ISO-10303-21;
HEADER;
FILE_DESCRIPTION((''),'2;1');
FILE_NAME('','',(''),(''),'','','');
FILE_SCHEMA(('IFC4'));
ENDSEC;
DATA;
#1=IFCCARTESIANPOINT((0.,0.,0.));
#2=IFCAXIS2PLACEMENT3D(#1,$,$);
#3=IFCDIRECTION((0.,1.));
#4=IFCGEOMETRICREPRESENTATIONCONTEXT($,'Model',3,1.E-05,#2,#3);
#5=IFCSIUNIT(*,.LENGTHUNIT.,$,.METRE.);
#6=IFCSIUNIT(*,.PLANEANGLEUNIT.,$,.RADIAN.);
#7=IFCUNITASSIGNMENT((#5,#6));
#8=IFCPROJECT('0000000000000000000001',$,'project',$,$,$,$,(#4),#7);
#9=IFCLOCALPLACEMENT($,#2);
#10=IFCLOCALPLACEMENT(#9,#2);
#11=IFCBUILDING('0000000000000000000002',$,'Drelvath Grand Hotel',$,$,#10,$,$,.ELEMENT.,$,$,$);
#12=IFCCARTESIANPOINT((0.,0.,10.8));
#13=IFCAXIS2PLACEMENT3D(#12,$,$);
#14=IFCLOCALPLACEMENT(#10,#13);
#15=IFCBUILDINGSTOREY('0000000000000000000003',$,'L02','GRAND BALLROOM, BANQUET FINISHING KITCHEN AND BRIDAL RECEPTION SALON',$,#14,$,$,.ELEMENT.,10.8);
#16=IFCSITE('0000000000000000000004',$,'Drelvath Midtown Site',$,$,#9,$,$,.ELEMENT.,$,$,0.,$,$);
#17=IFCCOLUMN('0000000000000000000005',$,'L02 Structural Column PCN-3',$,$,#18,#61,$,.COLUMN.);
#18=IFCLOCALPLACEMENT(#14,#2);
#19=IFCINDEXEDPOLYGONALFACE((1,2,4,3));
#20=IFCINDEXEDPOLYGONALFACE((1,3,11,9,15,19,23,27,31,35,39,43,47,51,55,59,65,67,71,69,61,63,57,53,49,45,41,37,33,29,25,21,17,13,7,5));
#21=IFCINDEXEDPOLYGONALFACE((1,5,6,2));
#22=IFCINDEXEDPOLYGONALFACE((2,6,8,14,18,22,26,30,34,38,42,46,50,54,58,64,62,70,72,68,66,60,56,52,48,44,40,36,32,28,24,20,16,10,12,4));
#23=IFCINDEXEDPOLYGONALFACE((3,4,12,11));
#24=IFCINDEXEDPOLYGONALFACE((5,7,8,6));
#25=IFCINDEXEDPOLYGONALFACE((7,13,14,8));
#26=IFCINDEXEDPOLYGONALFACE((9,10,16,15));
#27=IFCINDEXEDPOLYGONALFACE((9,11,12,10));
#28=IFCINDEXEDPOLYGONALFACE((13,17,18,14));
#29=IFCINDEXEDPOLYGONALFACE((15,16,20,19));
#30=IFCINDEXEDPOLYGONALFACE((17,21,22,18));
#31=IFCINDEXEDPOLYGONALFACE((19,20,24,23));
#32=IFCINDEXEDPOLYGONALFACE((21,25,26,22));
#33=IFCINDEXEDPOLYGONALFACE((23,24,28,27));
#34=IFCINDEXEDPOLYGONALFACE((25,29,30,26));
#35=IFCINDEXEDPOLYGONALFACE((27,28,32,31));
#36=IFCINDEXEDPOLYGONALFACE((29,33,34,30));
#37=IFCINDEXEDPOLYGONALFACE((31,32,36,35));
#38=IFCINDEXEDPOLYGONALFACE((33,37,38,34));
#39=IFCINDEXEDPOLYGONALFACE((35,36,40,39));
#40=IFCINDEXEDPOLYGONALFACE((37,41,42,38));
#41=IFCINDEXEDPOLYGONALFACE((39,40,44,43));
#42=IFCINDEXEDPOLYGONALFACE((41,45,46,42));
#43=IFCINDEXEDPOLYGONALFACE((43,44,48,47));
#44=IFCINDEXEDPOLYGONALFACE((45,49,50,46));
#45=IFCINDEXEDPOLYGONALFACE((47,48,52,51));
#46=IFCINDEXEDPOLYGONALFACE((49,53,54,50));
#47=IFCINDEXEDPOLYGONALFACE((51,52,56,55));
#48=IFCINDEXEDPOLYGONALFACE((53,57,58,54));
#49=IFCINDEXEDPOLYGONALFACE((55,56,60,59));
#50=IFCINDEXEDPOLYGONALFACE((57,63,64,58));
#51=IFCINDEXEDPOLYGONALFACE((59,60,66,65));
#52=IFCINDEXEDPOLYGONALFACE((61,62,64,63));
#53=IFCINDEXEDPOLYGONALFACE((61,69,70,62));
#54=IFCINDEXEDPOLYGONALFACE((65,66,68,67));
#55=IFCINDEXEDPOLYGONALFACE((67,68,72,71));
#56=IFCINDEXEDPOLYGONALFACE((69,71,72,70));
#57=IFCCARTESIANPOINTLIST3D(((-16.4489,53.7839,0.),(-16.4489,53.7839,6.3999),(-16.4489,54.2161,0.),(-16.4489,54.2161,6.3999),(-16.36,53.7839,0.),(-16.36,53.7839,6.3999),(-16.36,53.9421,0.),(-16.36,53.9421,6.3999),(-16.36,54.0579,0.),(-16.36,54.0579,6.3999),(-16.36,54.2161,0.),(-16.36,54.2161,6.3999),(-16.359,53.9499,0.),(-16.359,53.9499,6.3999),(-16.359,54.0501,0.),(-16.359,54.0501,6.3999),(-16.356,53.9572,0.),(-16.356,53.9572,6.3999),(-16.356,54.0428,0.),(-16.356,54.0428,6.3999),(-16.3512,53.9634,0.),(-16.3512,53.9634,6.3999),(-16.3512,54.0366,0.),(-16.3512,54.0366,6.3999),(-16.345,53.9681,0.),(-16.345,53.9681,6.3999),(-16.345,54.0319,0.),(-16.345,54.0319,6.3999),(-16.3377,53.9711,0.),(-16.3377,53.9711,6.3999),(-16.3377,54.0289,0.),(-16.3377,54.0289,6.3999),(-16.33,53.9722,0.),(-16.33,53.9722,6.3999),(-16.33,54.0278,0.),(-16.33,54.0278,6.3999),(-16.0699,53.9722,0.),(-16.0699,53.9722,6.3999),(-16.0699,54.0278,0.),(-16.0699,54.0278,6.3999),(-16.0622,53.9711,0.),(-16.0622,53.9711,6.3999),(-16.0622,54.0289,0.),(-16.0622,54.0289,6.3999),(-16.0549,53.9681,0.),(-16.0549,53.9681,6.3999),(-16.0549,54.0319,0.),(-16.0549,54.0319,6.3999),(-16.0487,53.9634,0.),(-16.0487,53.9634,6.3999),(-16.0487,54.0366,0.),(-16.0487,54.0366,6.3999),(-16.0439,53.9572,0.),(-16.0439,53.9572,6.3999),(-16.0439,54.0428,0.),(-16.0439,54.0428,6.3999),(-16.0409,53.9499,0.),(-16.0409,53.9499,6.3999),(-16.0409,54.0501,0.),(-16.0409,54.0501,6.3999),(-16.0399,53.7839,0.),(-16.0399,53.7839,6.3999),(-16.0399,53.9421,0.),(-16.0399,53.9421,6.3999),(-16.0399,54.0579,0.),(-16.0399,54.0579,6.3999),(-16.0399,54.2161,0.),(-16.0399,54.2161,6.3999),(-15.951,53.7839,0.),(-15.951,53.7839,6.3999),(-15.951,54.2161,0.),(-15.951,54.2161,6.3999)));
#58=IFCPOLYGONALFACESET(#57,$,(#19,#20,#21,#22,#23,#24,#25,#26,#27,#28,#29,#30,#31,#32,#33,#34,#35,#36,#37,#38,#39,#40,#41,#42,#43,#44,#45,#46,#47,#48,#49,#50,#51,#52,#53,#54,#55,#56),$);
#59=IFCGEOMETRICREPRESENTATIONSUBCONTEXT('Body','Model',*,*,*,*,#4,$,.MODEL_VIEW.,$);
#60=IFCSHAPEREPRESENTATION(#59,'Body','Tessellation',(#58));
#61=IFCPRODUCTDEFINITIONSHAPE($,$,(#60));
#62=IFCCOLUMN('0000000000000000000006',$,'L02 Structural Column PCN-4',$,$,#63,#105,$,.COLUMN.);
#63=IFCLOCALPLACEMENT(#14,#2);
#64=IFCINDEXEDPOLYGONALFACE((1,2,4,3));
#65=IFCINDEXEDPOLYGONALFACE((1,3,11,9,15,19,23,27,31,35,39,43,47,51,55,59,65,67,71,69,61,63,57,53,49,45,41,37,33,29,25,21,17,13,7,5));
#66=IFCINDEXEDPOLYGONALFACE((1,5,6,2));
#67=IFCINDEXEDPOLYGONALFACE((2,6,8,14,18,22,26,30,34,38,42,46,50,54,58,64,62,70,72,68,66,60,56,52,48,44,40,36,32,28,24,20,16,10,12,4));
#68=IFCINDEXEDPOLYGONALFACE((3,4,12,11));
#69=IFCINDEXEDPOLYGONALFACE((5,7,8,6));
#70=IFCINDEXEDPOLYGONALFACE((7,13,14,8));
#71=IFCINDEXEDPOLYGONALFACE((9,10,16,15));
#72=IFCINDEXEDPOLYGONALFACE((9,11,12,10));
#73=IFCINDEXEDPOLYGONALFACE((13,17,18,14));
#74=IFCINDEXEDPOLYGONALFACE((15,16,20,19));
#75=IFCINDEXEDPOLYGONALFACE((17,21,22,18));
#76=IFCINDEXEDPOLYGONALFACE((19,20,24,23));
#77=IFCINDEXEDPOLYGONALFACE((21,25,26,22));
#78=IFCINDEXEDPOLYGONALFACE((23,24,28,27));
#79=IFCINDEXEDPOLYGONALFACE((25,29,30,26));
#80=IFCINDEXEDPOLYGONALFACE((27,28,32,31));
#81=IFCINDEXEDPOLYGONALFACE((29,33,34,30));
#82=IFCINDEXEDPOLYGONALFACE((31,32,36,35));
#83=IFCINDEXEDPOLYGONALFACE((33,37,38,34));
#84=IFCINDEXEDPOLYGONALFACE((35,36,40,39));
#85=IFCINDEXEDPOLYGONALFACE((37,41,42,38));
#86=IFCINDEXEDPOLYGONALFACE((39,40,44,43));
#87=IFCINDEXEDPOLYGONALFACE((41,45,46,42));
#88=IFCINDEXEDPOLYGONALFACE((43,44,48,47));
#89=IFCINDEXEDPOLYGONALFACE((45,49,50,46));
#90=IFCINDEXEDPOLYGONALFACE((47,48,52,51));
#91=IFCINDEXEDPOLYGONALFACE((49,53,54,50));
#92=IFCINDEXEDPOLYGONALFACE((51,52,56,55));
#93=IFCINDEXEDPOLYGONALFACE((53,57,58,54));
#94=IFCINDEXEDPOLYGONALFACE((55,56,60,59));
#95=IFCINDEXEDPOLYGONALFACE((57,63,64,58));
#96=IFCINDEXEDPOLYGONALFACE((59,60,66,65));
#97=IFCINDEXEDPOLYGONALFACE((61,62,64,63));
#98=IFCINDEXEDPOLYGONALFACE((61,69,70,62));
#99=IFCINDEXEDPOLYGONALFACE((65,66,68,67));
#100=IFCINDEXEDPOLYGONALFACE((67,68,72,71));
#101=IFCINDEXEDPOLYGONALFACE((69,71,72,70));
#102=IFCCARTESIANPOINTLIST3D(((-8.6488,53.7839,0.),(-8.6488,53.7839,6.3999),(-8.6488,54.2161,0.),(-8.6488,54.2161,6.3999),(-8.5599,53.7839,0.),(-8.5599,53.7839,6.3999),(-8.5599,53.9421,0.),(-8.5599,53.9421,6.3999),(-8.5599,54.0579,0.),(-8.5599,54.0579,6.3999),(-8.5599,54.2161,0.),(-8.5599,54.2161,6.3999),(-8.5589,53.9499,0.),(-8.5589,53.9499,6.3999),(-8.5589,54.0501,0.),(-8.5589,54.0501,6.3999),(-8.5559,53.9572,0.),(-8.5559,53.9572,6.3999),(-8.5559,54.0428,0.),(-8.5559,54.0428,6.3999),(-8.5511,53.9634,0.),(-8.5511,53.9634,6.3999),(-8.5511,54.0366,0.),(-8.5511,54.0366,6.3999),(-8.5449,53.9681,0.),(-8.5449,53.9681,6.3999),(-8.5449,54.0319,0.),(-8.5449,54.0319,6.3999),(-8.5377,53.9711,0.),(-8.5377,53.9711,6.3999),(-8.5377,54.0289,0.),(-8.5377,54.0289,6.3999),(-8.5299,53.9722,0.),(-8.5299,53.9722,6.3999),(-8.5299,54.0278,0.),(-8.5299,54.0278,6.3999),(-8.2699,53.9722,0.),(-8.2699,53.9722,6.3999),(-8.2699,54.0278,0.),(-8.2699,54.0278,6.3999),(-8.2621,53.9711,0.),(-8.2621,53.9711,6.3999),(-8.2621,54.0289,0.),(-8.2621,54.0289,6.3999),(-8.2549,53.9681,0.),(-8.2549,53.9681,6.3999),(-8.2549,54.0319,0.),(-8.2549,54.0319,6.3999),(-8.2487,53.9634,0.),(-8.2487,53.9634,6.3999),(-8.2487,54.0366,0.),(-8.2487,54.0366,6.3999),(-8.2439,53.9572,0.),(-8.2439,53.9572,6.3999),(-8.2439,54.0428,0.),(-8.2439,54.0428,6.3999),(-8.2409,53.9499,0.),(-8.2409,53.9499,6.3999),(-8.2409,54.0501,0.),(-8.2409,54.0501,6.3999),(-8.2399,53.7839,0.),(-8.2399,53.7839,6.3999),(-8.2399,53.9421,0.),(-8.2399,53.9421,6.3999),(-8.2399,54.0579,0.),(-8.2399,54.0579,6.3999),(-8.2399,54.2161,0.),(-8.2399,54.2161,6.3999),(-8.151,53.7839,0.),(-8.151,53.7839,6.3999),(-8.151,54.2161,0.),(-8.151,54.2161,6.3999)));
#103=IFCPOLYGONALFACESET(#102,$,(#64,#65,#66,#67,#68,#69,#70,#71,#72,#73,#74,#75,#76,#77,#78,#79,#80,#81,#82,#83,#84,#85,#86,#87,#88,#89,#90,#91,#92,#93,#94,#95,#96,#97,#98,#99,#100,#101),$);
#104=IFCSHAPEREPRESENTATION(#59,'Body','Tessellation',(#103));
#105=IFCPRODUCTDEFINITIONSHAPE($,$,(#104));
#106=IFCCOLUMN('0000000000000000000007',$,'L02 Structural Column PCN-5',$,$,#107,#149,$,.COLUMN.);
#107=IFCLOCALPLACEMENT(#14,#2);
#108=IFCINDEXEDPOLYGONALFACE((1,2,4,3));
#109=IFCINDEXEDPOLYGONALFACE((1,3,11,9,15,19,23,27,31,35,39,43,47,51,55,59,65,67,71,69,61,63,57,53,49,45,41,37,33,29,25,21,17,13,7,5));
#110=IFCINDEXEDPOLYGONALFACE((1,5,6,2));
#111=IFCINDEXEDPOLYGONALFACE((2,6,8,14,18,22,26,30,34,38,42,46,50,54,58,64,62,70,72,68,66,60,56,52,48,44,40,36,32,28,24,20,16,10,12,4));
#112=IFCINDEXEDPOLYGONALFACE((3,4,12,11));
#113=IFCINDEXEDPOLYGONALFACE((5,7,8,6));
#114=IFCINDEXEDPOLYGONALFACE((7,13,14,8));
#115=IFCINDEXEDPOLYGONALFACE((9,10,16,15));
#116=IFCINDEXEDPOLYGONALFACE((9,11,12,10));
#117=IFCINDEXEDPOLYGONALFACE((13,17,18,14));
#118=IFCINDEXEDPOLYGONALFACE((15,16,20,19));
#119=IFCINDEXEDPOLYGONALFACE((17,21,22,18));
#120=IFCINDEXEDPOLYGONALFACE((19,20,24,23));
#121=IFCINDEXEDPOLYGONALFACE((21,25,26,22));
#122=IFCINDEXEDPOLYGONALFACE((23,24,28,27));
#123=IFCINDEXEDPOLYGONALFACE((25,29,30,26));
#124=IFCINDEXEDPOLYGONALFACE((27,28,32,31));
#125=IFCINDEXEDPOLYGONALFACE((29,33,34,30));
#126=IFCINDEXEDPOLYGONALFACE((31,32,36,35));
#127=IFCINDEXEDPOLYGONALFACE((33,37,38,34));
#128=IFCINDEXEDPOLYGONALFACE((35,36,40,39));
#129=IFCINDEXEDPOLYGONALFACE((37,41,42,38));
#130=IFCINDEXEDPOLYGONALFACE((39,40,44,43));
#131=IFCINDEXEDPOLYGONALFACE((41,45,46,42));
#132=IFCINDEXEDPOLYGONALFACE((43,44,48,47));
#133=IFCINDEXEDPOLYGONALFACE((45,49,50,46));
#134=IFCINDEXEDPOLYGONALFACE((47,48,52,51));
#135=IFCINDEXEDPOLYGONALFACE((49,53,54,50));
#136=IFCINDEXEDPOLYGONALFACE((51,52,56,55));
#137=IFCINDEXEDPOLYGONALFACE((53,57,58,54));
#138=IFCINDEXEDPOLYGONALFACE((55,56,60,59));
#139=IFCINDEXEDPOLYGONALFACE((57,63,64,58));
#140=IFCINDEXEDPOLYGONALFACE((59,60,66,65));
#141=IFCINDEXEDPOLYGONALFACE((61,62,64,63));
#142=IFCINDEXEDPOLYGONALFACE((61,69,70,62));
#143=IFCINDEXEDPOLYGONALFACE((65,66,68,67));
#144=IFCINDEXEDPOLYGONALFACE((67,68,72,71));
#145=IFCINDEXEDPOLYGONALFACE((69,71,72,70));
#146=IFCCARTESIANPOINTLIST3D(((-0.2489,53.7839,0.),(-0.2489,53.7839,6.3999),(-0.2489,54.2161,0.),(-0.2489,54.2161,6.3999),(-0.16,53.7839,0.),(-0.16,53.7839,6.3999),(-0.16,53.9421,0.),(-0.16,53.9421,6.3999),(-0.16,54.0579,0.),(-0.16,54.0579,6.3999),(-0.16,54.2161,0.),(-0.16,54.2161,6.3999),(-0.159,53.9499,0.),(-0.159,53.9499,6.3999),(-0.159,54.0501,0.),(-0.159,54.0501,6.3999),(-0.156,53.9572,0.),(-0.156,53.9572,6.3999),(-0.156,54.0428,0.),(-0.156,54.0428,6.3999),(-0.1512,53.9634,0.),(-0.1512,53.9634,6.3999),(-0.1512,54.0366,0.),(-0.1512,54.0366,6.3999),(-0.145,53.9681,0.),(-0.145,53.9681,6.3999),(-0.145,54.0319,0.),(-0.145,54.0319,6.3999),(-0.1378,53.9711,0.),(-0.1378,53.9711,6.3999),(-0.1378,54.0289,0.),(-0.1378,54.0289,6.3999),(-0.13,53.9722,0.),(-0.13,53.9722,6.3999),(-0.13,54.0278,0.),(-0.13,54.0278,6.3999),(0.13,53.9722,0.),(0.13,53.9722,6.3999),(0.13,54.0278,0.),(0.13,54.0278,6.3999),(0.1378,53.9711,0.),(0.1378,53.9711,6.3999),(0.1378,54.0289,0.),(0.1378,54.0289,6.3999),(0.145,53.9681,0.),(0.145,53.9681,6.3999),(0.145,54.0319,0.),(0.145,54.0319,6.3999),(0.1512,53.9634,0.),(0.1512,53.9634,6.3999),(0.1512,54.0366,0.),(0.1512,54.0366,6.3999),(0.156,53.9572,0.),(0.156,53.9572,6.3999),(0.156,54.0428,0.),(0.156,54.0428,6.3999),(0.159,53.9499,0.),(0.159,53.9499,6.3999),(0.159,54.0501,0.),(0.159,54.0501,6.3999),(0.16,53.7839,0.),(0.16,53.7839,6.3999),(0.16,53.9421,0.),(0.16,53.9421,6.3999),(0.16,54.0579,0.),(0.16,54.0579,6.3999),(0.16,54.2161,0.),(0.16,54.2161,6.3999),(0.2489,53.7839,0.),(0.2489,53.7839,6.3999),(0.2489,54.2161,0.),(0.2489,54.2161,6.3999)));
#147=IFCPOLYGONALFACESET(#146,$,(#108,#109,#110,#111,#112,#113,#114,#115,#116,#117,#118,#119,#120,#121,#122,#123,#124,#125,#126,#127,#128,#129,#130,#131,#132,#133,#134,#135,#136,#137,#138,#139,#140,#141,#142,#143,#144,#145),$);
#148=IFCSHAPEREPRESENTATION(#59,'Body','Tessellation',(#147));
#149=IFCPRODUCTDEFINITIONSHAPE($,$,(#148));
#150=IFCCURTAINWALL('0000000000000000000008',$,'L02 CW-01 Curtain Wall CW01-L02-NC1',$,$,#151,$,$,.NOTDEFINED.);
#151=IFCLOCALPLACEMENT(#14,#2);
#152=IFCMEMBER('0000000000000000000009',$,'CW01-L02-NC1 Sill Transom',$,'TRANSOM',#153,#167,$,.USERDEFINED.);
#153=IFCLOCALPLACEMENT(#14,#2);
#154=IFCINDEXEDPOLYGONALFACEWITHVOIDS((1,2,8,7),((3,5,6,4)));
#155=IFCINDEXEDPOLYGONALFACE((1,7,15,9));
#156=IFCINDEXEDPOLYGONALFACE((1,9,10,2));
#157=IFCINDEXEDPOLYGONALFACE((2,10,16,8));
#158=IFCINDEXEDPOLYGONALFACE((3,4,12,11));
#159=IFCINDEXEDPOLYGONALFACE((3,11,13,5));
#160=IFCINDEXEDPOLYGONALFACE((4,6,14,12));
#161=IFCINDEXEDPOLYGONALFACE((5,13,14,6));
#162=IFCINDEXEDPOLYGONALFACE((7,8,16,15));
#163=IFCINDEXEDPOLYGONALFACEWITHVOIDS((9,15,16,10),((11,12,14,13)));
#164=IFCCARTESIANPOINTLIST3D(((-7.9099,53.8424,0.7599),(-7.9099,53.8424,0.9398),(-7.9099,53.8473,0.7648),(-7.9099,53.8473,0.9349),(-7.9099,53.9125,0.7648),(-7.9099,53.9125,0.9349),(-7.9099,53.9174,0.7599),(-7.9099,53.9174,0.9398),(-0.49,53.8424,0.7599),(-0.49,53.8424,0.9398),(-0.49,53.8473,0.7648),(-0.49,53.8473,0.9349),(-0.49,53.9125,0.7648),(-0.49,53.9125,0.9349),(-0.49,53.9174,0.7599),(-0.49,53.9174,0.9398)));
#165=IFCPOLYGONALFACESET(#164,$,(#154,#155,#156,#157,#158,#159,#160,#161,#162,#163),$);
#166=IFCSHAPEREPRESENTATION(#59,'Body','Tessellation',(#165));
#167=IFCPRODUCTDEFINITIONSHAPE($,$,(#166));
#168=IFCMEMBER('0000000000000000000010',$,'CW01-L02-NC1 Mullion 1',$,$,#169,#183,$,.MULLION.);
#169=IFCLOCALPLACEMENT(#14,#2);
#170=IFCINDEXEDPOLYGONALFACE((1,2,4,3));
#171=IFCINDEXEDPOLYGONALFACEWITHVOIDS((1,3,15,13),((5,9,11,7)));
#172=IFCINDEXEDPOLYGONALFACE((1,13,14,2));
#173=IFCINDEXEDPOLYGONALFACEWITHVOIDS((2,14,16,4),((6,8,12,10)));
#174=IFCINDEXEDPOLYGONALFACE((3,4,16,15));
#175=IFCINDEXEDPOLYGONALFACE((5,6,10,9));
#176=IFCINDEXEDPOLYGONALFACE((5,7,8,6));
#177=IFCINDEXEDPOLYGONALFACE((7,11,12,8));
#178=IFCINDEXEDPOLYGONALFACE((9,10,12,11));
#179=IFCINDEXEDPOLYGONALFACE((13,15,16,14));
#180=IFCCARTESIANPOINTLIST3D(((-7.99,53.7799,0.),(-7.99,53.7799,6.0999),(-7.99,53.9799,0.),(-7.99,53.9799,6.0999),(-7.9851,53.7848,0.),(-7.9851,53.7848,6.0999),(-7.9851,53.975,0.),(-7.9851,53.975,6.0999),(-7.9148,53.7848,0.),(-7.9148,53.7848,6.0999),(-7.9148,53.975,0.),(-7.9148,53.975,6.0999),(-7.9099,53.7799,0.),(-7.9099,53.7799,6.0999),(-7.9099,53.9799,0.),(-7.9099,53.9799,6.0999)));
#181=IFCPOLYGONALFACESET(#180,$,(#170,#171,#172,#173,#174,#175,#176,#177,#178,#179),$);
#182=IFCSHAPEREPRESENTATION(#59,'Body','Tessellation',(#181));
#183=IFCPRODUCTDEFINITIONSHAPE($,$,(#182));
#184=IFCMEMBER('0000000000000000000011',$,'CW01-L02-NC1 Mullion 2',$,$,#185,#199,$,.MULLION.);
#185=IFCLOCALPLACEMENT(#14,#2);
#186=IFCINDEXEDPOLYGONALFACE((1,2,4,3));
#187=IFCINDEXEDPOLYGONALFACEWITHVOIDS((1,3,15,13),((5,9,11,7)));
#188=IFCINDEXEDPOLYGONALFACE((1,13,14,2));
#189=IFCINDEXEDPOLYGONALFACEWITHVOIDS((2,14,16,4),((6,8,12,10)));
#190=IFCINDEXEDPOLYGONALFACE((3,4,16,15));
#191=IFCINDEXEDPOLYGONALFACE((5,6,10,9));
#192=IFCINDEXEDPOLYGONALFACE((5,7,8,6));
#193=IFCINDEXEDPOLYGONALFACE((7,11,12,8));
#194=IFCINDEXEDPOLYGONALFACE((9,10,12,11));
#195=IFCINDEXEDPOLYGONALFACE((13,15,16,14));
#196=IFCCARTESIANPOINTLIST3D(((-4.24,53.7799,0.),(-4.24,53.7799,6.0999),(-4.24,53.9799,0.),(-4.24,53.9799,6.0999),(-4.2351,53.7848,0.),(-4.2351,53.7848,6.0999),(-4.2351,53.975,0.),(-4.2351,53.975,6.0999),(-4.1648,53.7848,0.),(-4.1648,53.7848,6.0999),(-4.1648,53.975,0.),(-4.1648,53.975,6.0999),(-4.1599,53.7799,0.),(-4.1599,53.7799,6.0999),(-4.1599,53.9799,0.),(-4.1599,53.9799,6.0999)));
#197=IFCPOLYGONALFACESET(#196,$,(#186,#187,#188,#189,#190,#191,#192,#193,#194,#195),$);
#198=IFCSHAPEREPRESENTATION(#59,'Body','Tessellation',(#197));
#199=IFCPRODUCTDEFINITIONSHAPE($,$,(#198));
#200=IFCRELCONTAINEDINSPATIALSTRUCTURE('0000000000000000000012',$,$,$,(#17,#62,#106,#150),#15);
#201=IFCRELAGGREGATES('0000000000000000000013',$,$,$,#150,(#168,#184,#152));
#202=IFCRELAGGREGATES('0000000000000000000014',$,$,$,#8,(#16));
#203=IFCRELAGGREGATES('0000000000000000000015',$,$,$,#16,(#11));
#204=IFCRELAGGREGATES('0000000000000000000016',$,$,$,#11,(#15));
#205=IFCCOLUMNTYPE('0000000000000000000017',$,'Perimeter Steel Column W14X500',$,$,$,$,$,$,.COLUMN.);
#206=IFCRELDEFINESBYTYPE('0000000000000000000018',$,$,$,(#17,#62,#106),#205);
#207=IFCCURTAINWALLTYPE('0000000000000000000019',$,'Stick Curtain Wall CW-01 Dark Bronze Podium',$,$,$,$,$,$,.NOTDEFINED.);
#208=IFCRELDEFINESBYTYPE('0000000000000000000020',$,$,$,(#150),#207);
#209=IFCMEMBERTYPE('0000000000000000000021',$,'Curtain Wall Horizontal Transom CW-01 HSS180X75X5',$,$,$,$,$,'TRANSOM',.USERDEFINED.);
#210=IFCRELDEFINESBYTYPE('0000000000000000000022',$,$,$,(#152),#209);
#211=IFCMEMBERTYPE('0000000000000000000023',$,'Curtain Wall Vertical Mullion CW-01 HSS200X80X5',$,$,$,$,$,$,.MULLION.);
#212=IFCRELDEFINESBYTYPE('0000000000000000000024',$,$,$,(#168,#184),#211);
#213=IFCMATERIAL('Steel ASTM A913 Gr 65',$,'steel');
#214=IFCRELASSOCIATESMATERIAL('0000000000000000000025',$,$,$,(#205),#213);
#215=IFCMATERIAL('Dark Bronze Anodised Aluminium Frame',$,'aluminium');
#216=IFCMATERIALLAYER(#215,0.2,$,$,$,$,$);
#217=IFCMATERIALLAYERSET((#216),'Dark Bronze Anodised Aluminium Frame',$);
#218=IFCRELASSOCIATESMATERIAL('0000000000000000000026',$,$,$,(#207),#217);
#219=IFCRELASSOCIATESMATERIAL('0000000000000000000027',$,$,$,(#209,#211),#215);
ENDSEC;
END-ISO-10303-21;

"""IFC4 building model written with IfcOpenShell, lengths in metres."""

from ifc_helpers import new_model, si_unit, direction, frame, origin, origin_2d, place, context, subcontext, project, spatial, hollow_rectangle, i_section, extrude, material, layer, layer_set, material_profile, profile_set, type_object, element, aggregate, save


model = new_model("IFC4")

# Units and contexts
model_context = context("Model", 3, precision=1e-05, world=origin(), true_north=direction((0.0, 1.0)))
body_context = subcontext(model_context, "Body", "Model", "MODEL_VIEW")
ifc_project = project(units=[si_unit("LENGTHUNIT", "METRE"), si_unit("PLANEANGLEUNIT", "RADIAN")], contexts=[model_context])

# Site, building, storey
site_placement = place(None, origin())
site = spatial("IfcSite", under=ifc_project, at=site_placement, Name="Drelvath Midtown Site", CompositionType="ELEMENT", RefElevation=0.0)
building_placement = place(site_placement, origin())
building = spatial("IfcBuilding", under=site, at=building_placement, Name="Drelvath Grand Hotel", CompositionType="ELEMENT")
storey_placement = place(building_placement, frame((0.0, 0.0, 10.8)))
storey = spatial("IfcBuildingStorey", under=building, at=storey_placement, Name="L02", Description="GRAND BALLROOM, BANQUET FINISHING KITCHEN AND BRIDAL RECEPTION SALON", CompositionType="ELEMENT", Elevation=10.8)

# Columns
ifc_material_1 = material(Name="Steel ASTM A913 Gr 65", Category="steel")
ifc_material_profile_1 = material_profile(ifc_material_1, i_section(OverallWidth=0.4321, OverallDepth=0.4978, WebThickness=0.0557, FlangeThickness=0.0889, FilletRadius=0.03, at=origin_2d()), Name="W14X500")
ifc_profile_set_1 = profile_set([ifc_material_profile_1], Name="Steel ASTM A913 Gr 65")
column_type = type_object("IfcColumnType", Name="Perimeter Steel Column W14X500", PredefinedType="COLUMN", material=ifc_profile_set_1)
for number, where, z_axis, x_axis, name in (
    (1, (-16.2, 54.0, 0.0), (0.0, 0.0, 1.0), (0.0, 1.0, 0.0), "L02 Structural Column PCN-3"),
    (2, (-8.3999, 54.0, 0.0), (0.0, 0.0, 1.0), (0.0, 1.0, 0.0), "L02 Structural Column PCN-4"),
    (3, (0.0, 54.0, 0.0), (0.0, 0.0, 1.0), (0.0, 1.0, 0.0), "L02 Structural Column PCN-5"),
):
    element("IfcColumn", number, at=place(storey_placement, frame(where, z_axis=z_axis, x_axis=x_axis)), inside=storey, type_object=column_type, Name=name, PredefinedType="COLUMN", context=body_context, shape_type="SweptSolid", body=[
        extrude(i_section(OverallWidth=0.4321, OverallDepth=0.4978, WebThickness=0.0557, FlangeThickness=0.0889, FilletRadius=0.03, at=origin_2d()), origin(), (0.0, 0.0, 1.0), 6.3999),
    ])

# Curtain wall, members
ifc_material_2 = material(Name="Dark Bronze Anodised Aluminium Frame", Category="aluminium")
ifc_layer_1 = layer(ifc_material_2, 0.2)
ifc_layer_set_1 = layer_set([ifc_layer_1], Name="Dark Bronze Anodised Aluminium Frame")
curtain_wall_type = type_object("IfcCurtainWallType", Name="Stick Curtain Wall CW-01 Dark Bronze Podium", PredefinedType="NOTDEFINED", material=ifc_layer_set_1)
curtain_wall_placement = place(storey_placement, origin())
curtain_wall = element("IfcCurtainWall", 4, at=curtain_wall_placement, inside=storey, type_object=curtain_wall_type, Name="L02 CW-01 Curtain Wall CW01-L02-NC1", PredefinedType="NOTDEFINED")
ifc_material_profile_2 = material_profile(ifc_material_2, hollow_rectangle(XDim=0.075, YDim=0.1799, WallThickness=0.0049, at=origin_2d()), Name="HSS180X75X5")
ifc_profile_set_2 = profile_set([ifc_material_profile_2], Name="Dark Bronze Anodised Aluminium Frame")
member_type_1 = type_object("IfcMemberType", Name="Curtain Wall Horizontal Transom CW-01 HSS180X75X5", ElementType="TRANSOM", PredefinedType="USERDEFINED", material=ifc_profile_set_2)
member_1_placement = place(storey_placement, frame((-7.9099, 53.8799, 0.8499), z_axis=(1.0, 0.0, 0.0), x_axis=(0.0, 1.0, 0.0)))
member_1 = element("IfcMember", 5, at=member_1_placement, type_object=member_type_1, Name="CW01-L02-NC1 Sill Transom", ObjectType="TRANSOM", PredefinedType="USERDEFINED", context=body_context, shape_type="SweptSolid", body=[
    extrude(hollow_rectangle(XDim=0.075, YDim=0.1799, WallThickness=0.0049, at=origin_2d()), origin(), (0.0, 0.0, 1.0), 7.4199),
])
ifc_material_profile_3 = material_profile(ifc_material_2, hollow_rectangle(XDim=0.0801, YDim=0.2, WallThickness=0.0049, at=origin_2d()), Name="HSS200X80X5")
ifc_profile_set_3 = profile_set([ifc_material_profile_3], Name="Dark Bronze Anodised Aluminium Frame")
member_type_2 = type_object("IfcMemberType", Name="Curtain Wall Vertical Mullion CW-01 HSS200X80X5", PredefinedType="MULLION", material=ifc_profile_set_3)
member_2_placement = place(storey_placement, frame((-7.95, 53.8799, 0.0), z_axis=(0.0, 0.0, 1.0), x_axis=(1.0, 0.0, 0.0)))
member_2 = element("IfcMember", 6, at=member_2_placement, type_object=member_type_2, Name="CW01-L02-NC1 Mullion 1", PredefinedType="MULLION", context=body_context, shape_type="SweptSolid", body=[
    extrude(hollow_rectangle(XDim=0.0801, YDim=0.2, WallThickness=0.0049, at=origin_2d()), origin(), (0.0, 0.0, 1.0), 6.0999),
])
member_3_placement = place(storey_placement, frame((-4.2, 53.8799, 0.0), z_axis=(0.0, 0.0, 1.0), x_axis=(1.0, 0.0, 0.0)))
member_3 = element("IfcMember", 7, at=member_3_placement, type_object=member_type_2, Name="CW01-L02-NC1 Mullion 2", PredefinedType="MULLION", context=body_context, shape_type="SweptSolid", body=[
    extrude(hollow_rectangle(XDim=0.0801, YDim=0.2, WallThickness=0.0049, at=origin_2d()), origin(), (0.0, 0.0, 1.0), 6.0999),
])

aggregate(curtain_wall, [member_2, member_3, member_1])

save(model, "model.ifc")
